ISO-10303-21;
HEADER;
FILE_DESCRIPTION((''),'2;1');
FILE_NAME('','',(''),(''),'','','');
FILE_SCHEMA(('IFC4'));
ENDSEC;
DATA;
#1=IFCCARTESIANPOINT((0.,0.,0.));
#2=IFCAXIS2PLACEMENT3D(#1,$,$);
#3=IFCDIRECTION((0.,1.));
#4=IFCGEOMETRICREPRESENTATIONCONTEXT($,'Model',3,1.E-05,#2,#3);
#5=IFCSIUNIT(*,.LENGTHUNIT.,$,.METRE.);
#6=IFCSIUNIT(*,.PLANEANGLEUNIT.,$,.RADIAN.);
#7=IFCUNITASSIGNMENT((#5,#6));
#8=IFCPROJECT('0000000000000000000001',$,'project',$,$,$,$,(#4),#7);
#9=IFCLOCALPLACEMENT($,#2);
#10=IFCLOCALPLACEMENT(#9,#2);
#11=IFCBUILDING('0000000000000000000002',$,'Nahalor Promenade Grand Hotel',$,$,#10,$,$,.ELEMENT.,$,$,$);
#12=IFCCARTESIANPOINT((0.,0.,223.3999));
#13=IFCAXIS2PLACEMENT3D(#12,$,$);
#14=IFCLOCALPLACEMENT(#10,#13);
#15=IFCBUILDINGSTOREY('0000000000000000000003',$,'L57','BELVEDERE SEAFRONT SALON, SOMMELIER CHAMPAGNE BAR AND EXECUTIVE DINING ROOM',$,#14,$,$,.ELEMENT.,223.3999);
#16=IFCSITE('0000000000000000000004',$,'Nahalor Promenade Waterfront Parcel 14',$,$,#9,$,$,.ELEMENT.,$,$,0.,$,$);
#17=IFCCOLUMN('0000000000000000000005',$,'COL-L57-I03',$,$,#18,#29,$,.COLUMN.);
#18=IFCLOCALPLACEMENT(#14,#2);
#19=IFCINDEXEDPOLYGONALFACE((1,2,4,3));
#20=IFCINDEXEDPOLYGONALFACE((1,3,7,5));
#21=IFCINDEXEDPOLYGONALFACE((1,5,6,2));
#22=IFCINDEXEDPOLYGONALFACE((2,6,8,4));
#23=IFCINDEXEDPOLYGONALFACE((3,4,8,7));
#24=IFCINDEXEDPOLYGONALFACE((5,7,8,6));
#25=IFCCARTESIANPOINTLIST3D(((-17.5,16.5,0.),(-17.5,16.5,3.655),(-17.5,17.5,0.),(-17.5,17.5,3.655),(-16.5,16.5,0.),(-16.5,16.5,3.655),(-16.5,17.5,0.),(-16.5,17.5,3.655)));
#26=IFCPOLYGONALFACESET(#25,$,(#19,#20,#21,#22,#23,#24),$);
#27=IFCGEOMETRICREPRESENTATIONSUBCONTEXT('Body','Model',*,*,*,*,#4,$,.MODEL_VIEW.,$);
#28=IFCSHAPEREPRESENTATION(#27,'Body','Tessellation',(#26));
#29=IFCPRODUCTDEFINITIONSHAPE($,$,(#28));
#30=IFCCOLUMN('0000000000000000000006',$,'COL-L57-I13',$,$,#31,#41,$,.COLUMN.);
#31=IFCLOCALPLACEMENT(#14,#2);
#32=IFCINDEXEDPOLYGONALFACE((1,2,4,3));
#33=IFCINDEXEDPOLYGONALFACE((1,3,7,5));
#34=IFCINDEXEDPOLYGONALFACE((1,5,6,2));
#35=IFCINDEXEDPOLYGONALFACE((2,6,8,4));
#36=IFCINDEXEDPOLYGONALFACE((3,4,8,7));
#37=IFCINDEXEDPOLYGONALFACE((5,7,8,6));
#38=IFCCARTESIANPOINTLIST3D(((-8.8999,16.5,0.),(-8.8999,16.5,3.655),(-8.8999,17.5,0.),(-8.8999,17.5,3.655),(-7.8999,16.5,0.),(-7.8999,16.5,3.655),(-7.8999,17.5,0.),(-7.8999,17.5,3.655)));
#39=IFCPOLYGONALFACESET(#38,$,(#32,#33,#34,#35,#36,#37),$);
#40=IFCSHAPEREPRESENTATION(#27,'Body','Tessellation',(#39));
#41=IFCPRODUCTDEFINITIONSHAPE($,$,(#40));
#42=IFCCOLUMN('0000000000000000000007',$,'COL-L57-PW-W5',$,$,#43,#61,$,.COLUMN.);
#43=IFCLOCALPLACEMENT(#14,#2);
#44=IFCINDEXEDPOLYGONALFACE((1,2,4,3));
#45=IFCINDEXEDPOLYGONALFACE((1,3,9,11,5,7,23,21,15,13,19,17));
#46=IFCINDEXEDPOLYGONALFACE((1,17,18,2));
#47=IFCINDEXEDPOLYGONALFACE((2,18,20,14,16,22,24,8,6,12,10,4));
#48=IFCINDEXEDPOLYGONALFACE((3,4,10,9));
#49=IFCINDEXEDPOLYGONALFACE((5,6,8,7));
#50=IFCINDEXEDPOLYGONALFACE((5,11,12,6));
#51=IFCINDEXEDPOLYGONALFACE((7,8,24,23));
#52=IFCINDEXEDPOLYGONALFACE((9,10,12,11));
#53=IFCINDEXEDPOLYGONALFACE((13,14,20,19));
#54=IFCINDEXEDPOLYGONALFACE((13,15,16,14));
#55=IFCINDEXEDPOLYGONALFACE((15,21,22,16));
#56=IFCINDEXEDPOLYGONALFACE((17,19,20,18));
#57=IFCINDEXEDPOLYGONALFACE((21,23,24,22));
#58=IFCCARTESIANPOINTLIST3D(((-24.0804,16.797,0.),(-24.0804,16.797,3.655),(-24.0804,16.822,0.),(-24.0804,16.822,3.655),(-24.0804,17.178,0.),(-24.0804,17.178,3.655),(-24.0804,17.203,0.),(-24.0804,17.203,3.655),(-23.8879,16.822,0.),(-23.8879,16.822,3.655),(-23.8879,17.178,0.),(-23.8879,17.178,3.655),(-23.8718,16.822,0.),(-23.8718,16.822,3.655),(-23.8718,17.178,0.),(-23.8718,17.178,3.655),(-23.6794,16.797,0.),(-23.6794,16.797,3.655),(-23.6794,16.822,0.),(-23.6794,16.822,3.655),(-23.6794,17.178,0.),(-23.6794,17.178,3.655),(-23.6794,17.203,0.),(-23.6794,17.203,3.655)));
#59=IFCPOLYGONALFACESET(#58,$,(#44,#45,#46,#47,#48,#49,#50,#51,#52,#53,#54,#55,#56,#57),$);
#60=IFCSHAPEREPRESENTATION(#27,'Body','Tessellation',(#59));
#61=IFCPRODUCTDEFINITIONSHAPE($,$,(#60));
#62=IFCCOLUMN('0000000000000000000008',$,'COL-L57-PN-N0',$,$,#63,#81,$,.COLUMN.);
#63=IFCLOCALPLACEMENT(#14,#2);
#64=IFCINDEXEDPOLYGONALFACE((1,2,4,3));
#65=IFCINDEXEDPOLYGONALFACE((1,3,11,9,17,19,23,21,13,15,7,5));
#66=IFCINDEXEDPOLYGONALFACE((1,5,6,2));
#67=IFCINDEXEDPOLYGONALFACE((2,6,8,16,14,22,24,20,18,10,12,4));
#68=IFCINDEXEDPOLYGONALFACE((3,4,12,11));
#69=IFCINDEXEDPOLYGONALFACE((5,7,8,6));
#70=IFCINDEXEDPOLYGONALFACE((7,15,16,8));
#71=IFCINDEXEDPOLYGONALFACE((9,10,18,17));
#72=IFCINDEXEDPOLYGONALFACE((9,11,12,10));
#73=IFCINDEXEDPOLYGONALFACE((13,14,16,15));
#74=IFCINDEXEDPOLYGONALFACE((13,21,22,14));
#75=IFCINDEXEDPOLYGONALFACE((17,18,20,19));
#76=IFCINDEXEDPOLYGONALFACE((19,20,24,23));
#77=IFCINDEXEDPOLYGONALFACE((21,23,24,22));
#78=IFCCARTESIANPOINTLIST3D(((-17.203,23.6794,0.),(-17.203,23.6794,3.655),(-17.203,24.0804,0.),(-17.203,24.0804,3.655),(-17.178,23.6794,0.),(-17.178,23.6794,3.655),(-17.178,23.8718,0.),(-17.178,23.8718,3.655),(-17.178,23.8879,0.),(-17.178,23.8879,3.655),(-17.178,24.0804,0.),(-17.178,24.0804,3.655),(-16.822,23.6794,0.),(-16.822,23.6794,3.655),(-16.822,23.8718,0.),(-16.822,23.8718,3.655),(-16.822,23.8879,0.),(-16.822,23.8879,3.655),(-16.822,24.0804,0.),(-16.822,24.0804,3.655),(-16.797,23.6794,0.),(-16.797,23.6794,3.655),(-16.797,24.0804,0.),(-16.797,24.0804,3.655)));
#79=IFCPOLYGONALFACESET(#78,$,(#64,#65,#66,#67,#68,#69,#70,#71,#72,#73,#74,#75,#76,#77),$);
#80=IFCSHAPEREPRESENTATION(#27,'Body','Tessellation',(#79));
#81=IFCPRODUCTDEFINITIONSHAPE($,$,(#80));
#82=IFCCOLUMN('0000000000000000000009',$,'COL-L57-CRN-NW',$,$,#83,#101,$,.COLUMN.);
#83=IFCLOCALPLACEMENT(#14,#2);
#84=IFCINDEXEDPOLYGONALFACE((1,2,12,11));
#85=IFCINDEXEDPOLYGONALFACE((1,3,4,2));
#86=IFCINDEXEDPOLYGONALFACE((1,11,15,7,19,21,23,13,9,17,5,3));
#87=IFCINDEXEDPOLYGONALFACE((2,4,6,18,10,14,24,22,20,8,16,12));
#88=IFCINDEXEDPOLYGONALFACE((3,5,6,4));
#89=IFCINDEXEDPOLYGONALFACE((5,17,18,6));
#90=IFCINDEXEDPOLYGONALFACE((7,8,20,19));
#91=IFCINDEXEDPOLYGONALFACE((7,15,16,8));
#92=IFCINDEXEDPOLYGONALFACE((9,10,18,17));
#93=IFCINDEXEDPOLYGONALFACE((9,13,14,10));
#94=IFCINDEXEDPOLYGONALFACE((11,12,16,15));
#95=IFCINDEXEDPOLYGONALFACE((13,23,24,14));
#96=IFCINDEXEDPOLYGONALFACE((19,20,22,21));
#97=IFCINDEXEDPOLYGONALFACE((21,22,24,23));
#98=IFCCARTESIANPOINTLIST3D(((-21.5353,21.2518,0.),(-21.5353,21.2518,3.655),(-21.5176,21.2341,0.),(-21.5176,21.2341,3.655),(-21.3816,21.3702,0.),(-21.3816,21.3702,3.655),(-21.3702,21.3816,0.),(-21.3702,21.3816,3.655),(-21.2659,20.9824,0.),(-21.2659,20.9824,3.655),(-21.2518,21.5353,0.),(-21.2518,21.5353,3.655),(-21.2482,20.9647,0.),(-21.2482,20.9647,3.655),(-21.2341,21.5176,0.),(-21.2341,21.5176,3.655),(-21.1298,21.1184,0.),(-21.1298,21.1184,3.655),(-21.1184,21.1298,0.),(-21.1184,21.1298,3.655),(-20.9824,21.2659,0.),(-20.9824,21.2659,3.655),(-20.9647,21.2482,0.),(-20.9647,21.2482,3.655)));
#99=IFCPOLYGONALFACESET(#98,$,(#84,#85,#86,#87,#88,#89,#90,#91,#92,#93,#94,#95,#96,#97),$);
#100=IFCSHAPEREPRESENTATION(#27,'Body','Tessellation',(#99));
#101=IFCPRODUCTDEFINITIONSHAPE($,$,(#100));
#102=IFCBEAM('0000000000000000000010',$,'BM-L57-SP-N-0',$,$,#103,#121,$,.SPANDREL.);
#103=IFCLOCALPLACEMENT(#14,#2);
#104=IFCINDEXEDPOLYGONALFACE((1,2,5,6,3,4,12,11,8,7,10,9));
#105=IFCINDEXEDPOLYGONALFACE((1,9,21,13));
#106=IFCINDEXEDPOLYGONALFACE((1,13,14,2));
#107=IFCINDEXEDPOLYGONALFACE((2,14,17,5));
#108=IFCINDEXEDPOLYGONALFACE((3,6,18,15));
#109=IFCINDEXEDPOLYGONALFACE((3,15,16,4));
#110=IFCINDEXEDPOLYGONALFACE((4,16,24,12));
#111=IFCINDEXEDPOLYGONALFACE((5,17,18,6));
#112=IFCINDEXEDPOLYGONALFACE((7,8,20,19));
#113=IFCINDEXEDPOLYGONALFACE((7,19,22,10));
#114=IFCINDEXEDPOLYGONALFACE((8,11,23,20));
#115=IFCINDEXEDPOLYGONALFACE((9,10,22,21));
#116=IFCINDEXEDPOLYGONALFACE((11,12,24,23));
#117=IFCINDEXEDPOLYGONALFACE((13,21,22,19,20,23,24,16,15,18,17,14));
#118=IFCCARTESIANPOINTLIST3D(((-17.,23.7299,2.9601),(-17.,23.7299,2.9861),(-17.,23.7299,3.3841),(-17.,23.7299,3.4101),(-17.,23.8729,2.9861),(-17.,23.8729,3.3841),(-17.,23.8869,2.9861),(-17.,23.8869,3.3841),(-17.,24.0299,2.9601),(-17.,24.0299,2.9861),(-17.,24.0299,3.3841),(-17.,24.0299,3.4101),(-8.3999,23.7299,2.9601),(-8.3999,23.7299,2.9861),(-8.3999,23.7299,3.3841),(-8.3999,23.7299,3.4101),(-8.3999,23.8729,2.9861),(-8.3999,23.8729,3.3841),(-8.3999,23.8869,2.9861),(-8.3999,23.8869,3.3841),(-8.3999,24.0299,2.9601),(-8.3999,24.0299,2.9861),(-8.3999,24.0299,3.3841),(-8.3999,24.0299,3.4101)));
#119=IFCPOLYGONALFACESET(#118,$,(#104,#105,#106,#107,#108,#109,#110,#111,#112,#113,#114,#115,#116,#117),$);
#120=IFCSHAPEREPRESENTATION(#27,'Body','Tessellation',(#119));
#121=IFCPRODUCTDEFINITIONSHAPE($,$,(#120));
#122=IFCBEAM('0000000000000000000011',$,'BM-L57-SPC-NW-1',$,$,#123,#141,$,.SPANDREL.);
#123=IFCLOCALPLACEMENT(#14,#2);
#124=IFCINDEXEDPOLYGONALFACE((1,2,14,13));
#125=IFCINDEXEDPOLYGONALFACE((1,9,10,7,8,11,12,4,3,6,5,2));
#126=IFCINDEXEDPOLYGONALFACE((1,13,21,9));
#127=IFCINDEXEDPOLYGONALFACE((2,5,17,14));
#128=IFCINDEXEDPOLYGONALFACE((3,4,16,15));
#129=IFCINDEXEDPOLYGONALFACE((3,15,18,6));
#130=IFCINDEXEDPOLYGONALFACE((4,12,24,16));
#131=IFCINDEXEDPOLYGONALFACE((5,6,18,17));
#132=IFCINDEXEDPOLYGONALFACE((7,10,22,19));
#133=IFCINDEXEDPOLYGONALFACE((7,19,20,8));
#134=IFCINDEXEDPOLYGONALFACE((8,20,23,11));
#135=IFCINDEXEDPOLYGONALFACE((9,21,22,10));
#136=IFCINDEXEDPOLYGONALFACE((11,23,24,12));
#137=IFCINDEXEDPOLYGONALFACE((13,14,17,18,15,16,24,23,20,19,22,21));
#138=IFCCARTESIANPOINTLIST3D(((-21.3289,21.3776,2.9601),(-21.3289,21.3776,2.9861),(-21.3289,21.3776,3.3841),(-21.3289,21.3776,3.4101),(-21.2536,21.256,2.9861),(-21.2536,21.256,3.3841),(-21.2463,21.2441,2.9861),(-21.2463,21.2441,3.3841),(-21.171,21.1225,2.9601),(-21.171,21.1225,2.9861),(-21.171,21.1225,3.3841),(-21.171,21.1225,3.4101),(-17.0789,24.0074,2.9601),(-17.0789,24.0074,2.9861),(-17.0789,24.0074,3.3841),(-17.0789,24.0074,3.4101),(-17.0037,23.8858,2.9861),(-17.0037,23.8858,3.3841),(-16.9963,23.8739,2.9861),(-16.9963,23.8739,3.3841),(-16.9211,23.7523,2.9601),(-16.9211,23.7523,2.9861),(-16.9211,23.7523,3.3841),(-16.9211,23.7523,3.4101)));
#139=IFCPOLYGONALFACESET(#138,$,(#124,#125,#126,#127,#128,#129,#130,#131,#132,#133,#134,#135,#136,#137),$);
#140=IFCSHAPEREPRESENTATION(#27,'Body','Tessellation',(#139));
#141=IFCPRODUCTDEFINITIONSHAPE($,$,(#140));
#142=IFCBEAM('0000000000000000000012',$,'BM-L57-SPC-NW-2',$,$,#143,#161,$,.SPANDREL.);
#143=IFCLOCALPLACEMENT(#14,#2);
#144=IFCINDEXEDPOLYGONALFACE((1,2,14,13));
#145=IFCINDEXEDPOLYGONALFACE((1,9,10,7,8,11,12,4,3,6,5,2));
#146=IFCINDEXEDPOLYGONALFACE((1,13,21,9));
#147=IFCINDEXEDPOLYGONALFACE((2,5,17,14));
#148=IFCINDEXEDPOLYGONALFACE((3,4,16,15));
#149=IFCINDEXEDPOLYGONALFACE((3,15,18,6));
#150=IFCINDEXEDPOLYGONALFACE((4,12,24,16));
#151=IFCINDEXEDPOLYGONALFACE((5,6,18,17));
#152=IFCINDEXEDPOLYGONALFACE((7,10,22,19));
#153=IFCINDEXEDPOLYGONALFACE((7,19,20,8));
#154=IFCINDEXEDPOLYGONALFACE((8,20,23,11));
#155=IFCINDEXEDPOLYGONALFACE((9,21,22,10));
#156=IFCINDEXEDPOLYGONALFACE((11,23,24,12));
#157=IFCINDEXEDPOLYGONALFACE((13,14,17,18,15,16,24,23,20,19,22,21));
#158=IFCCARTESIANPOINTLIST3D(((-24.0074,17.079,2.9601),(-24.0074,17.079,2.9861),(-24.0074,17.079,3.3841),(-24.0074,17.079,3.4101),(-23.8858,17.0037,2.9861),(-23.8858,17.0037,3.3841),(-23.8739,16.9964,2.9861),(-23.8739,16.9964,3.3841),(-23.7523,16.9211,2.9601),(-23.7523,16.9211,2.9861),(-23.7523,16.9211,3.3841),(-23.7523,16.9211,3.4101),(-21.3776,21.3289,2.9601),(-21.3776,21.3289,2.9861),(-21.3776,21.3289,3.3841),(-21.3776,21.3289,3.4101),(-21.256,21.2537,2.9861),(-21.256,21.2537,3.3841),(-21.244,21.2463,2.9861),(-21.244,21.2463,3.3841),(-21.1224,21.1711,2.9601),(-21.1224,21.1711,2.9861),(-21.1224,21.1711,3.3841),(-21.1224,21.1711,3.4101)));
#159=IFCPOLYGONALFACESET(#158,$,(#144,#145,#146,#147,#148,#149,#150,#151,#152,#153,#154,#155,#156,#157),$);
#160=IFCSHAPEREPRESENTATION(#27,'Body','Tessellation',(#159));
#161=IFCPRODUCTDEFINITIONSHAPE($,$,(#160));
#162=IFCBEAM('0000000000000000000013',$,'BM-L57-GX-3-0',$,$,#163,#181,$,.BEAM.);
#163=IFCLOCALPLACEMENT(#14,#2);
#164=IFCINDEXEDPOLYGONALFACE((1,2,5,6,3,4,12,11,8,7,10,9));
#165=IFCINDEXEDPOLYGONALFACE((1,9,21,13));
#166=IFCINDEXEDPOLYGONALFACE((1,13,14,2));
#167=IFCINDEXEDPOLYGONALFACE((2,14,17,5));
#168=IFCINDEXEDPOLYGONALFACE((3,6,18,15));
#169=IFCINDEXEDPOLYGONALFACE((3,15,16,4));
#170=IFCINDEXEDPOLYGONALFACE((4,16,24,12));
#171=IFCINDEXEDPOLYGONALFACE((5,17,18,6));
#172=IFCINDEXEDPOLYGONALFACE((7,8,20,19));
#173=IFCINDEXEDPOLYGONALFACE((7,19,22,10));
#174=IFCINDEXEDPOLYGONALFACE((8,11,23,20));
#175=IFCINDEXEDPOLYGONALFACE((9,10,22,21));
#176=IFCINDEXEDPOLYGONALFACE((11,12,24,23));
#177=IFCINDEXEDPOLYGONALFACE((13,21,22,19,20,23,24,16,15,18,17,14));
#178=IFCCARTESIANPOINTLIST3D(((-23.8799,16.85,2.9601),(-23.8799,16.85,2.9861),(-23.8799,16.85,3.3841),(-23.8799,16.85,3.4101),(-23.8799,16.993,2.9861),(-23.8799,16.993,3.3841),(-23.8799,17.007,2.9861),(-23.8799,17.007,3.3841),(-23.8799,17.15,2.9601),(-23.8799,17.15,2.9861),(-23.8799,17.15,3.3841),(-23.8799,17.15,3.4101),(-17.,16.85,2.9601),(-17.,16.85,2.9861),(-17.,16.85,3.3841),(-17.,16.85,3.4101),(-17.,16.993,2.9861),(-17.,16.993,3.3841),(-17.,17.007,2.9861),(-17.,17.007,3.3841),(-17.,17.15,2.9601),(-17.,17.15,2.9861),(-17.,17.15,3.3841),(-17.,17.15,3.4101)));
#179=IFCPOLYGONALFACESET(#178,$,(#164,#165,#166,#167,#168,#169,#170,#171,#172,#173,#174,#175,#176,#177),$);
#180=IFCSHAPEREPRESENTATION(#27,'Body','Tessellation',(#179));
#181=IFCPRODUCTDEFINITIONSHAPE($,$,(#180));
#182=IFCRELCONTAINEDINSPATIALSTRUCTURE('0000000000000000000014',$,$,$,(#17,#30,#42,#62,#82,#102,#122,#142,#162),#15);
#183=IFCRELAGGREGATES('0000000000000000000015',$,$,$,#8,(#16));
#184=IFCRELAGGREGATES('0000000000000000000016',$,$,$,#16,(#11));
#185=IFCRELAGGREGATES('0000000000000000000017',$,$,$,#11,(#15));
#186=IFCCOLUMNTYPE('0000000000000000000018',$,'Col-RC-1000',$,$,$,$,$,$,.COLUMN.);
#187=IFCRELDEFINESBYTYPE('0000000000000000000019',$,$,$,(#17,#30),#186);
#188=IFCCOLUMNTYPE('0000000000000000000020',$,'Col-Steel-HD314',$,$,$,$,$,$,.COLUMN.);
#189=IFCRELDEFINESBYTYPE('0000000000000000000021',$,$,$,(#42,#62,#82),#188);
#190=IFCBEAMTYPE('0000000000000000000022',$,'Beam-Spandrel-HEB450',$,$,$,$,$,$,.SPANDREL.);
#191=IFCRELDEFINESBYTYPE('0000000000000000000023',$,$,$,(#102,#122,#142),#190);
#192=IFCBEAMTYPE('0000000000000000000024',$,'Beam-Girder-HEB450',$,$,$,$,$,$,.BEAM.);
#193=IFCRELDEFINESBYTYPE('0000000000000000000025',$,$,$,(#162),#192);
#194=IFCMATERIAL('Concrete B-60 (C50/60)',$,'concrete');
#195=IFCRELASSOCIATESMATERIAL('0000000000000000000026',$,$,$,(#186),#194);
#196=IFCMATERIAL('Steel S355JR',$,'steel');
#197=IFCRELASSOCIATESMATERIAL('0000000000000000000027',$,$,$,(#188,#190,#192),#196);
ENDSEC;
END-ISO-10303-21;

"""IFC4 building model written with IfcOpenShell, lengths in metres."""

from ifc_helpers import new_model, si_unit, direction, frame, origin, origin_2d, place, context, subcontext, project, spatial, rectangle, i_section, extrude, source, transform, mapped, material, material_profile, profile_set, type_object, element, save


model = new_model("IFC4")

# Units and contexts
model_context = context("Model", 3, precision=1e-05, world=origin(), true_north=direction((0.0, 1.0)))
body_context = subcontext(model_context, "Body", "Model", "MODEL_VIEW")
ifc_project = project(units=[si_unit("LENGTHUNIT", "METRE"), si_unit("PLANEANGLEUNIT", "RADIAN")], contexts=[model_context])

# Site, building, storey
site_placement = place(None, origin())
site = spatial("IfcSite", under=ifc_project, at=site_placement, Name="Nahalor Promenade Waterfront Parcel 14", CompositionType="ELEMENT", RefElevation=0.0)
building_placement = place(site_placement, origin())
building = spatial("IfcBuilding", under=site, at=building_placement, Name="Nahalor Promenade Grand Hotel", CompositionType="ELEMENT")
storey_placement = place(building_placement, frame((0.0, 0.0, 223.3999)))
storey = spatial("IfcBuildingStorey", under=building, at=storey_placement, Name="L57", Description="BELVEDERE SEAFRONT SALON, SOMMELIER CHAMPAGNE BAR AND EXECUTIVE DINING ROOM", CompositionType="ELEMENT", Elevation=223.3999)

# Columns
ifc_material_1 = material(Name="Concrete B-60 (C50/60)", Category="concrete")
ifc_material_profile_1 = material_profile(ifc_material_1, rectangle(XDim=1.0, YDim=1.0, at=origin_2d()), Name="RC 1000x1000")
ifc_profile_set_1 = profile_set([ifc_material_profile_1], Name="Concrete B-60 (C50/60)")
column_type_1 = type_object("IfcColumnType", Name="Col-RC-1000", PredefinedType="COLUMN", material=ifc_profile_set_1)
shared_shape_1 = source(origin(), body_context, "Body", "SweptSolid", [
    extrude(rectangle(XDim=1.0, YDim=1.0, at=origin_2d()), origin(), (0.0, 0.0, 1.0), 3.655),
])
for number, where, z_axis, x_axis, name in (
    (1, (-17.0, 17.0, 0.0), (0.0, 0.0, 1.0), (1.0, 0.0, 0.0), "COL-L57-I03"),
    (2, (-8.3999, 17.0, 0.0), (0.0, 0.0, 1.0), (1.0, 0.0, 0.0), "COL-L57-I13"),
):
    element("IfcColumn", number, at=place(storey_placement, frame(where, z_axis=z_axis, x_axis=x_axis)), inside=storey, type_object=column_type_1, Name=name, PredefinedType="COLUMN", context=body_context, shape_type="MappedRepresentation", body=[
        mapped(shared_shape_1, transform((0.0, 0.0, 0.0), scale=1.0)),
    ])
ifc_material_2 = material(Name="Steel S355JR", Category="steel")
ifc_material_profile_2 = material_profile(ifc_material_2, i_section(OverallWidth=0.401, OverallDepth=0.406, WebThickness=0.0161, FlangeThickness=0.025, at=origin_2d()), Name="HD 400x314")
ifc_profile_set_2 = profile_set([ifc_material_profile_2], Name="Steel S355JR")
column_type_2 = type_object("IfcColumnType", Name="Col-Steel-HD314", PredefinedType="COLUMN", material=ifc_profile_set_2)
shared_shape_2 = source(origin(), body_context, "Body", "SweptSolid", [
    extrude(i_section(OverallWidth=0.401, OverallDepth=0.406, WebThickness=0.0161, FlangeThickness=0.025, at=origin_2d()), origin(), (0.0, 0.0, 1.0), 3.655),
])
for number, where, z_axis, x_axis, name in (
    (3, (-23.8799, 17.0, 0.0), (0.0, 0.0, 1.0), (1.0, 0.0, 0.0), "COL-L57-PW-W5"),
    (4, (-17.0, 23.8799, 0.0), (0.0, 0.0, 1.0), (0.0, 1.0, 0.0), "COL-L57-PN-N0"),
    (5, (-21.25, 21.25, 0.0), (0.0, 0.0, 1.0), (0.707107, 0.707107, 0.0), "COL-L57-CRN-NW"),
):
    element("IfcColumn", number, at=place(storey_placement, frame(where, z_axis=z_axis, x_axis=x_axis)), inside=storey, type_object=column_type_2, Name=name, PredefinedType="COLUMN", context=body_context, shape_type="MappedRepresentation", body=[
        mapped(shared_shape_2, transform((0.0, 0.0, 0.0), scale=1.0)),
    ])

# Beams
ifc_material_profile_3 = material_profile(ifc_material_2, i_section(OverallWidth=0.3, OverallDepth=0.45, WebThickness=0.014, FlangeThickness=0.026, at=origin_2d()), Name="HEB 450")
ifc_profile_set_3 = profile_set([ifc_material_profile_3], Name="Steel S355JR")
beam_type_1 = type_object("IfcBeamType", Name="Beam-Spandrel-HEB450", PredefinedType="SPANDREL", material=ifc_profile_set_3)
shared_shape_3 = source(origin(), body_context, "Body", "SweptSolid", [
    extrude(i_section(OverallWidth=0.3, OverallDepth=0.45, WebThickness=0.014, FlangeThickness=0.026, at=origin_2d()), origin(), (0.0, 0.0, 1.0), 8.6001),
])
beam_1_placement = place(storey_placement, frame((-17.0, 23.8799, 3.1851), z_axis=(1.0, 0.0, 0.0), x_axis=(0.0, 1.0, 0.0)))
element("IfcBeam", 6, at=beam_1_placement, inside=storey, type_object=beam_type_1, Name="BM-L57-SP-N-0", PredefinedType="SPANDREL", context=body_context, shape_type="MappedRepresentation", body=[
    mapped(shared_shape_3, transform((0.0, 0.0, 0.0), scale=1.0)),
])
shared_shape_4 = source(origin(), body_context, "Body", "SweptSolid", [
    extrude(i_section(OverallWidth=0.3, OverallDepth=0.45, WebThickness=0.014, FlangeThickness=0.026, at=origin_2d()), origin(), (0.0, 0.0, 1.0), 4.9978),
])
for number, where, z_axis, x_axis, name in (
    (7, (-17.0, 23.8799, 3.1851), (-0.850361, -0.5262, 0.0), (0.5262, -0.850361, 0.0), "BM-L57-SPC-NW-1"),
    (8, (-21.25, 21.25, 3.1851), (-0.5262, -0.850361, 0.0), (0.850361, -0.5262, 0.0), "BM-L57-SPC-NW-2"),
):
    element("IfcBeam", number, at=place(storey_placement, frame(where, z_axis=z_axis, x_axis=x_axis)), inside=storey, type_object=beam_type_1, Name=name, PredefinedType="SPANDREL", context=body_context, shape_type="MappedRepresentation", body=[
        mapped(shared_shape_4, transform((0.0, 0.0, 0.0), scale=1.0)),
    ])
ifc_material_profile_4 = material_profile(ifc_material_2, i_section(OverallWidth=0.3, OverallDepth=0.45, WebThickness=0.014, FlangeThickness=0.026, at=origin_2d()), Name="HEB 450")
ifc_profile_set_4 = profile_set([ifc_material_profile_4], Name="Steel S355JR")
beam_type_2 = type_object("IfcBeamType", Name="Beam-Girder-HEB450", PredefinedType="BEAM", material=ifc_profile_set_4)
shared_shape_5 = source(origin(), body_context, "Body", "SweptSolid", [
    extrude(i_section(OverallWidth=0.3, OverallDepth=0.45, WebThickness=0.014, FlangeThickness=0.026, at=origin_2d()), origin(), (0.0, 0.0, 1.0), 6.8799),
])
for number, where, z_axis, x_axis, name in (
    (9, (-23.8799, 17.0, 3.1851), (1.0, 0.0, 0.0), (0.0, 1.0, 0.0), "BM-L57-GX-3-0"),
):
    element("IfcBeam", number, at=place(storey_placement, frame(where, z_axis=z_axis, x_axis=x_axis)), inside=storey, type_object=beam_type_2, Name=name, PredefinedType="BEAM", context=body_context, shape_type="MappedRepresentation", body=[
        mapped(shared_shape_5, transform((0.0, 0.0, 0.0), scale=1.0)),
    ])

save(model, "model.ifc")
